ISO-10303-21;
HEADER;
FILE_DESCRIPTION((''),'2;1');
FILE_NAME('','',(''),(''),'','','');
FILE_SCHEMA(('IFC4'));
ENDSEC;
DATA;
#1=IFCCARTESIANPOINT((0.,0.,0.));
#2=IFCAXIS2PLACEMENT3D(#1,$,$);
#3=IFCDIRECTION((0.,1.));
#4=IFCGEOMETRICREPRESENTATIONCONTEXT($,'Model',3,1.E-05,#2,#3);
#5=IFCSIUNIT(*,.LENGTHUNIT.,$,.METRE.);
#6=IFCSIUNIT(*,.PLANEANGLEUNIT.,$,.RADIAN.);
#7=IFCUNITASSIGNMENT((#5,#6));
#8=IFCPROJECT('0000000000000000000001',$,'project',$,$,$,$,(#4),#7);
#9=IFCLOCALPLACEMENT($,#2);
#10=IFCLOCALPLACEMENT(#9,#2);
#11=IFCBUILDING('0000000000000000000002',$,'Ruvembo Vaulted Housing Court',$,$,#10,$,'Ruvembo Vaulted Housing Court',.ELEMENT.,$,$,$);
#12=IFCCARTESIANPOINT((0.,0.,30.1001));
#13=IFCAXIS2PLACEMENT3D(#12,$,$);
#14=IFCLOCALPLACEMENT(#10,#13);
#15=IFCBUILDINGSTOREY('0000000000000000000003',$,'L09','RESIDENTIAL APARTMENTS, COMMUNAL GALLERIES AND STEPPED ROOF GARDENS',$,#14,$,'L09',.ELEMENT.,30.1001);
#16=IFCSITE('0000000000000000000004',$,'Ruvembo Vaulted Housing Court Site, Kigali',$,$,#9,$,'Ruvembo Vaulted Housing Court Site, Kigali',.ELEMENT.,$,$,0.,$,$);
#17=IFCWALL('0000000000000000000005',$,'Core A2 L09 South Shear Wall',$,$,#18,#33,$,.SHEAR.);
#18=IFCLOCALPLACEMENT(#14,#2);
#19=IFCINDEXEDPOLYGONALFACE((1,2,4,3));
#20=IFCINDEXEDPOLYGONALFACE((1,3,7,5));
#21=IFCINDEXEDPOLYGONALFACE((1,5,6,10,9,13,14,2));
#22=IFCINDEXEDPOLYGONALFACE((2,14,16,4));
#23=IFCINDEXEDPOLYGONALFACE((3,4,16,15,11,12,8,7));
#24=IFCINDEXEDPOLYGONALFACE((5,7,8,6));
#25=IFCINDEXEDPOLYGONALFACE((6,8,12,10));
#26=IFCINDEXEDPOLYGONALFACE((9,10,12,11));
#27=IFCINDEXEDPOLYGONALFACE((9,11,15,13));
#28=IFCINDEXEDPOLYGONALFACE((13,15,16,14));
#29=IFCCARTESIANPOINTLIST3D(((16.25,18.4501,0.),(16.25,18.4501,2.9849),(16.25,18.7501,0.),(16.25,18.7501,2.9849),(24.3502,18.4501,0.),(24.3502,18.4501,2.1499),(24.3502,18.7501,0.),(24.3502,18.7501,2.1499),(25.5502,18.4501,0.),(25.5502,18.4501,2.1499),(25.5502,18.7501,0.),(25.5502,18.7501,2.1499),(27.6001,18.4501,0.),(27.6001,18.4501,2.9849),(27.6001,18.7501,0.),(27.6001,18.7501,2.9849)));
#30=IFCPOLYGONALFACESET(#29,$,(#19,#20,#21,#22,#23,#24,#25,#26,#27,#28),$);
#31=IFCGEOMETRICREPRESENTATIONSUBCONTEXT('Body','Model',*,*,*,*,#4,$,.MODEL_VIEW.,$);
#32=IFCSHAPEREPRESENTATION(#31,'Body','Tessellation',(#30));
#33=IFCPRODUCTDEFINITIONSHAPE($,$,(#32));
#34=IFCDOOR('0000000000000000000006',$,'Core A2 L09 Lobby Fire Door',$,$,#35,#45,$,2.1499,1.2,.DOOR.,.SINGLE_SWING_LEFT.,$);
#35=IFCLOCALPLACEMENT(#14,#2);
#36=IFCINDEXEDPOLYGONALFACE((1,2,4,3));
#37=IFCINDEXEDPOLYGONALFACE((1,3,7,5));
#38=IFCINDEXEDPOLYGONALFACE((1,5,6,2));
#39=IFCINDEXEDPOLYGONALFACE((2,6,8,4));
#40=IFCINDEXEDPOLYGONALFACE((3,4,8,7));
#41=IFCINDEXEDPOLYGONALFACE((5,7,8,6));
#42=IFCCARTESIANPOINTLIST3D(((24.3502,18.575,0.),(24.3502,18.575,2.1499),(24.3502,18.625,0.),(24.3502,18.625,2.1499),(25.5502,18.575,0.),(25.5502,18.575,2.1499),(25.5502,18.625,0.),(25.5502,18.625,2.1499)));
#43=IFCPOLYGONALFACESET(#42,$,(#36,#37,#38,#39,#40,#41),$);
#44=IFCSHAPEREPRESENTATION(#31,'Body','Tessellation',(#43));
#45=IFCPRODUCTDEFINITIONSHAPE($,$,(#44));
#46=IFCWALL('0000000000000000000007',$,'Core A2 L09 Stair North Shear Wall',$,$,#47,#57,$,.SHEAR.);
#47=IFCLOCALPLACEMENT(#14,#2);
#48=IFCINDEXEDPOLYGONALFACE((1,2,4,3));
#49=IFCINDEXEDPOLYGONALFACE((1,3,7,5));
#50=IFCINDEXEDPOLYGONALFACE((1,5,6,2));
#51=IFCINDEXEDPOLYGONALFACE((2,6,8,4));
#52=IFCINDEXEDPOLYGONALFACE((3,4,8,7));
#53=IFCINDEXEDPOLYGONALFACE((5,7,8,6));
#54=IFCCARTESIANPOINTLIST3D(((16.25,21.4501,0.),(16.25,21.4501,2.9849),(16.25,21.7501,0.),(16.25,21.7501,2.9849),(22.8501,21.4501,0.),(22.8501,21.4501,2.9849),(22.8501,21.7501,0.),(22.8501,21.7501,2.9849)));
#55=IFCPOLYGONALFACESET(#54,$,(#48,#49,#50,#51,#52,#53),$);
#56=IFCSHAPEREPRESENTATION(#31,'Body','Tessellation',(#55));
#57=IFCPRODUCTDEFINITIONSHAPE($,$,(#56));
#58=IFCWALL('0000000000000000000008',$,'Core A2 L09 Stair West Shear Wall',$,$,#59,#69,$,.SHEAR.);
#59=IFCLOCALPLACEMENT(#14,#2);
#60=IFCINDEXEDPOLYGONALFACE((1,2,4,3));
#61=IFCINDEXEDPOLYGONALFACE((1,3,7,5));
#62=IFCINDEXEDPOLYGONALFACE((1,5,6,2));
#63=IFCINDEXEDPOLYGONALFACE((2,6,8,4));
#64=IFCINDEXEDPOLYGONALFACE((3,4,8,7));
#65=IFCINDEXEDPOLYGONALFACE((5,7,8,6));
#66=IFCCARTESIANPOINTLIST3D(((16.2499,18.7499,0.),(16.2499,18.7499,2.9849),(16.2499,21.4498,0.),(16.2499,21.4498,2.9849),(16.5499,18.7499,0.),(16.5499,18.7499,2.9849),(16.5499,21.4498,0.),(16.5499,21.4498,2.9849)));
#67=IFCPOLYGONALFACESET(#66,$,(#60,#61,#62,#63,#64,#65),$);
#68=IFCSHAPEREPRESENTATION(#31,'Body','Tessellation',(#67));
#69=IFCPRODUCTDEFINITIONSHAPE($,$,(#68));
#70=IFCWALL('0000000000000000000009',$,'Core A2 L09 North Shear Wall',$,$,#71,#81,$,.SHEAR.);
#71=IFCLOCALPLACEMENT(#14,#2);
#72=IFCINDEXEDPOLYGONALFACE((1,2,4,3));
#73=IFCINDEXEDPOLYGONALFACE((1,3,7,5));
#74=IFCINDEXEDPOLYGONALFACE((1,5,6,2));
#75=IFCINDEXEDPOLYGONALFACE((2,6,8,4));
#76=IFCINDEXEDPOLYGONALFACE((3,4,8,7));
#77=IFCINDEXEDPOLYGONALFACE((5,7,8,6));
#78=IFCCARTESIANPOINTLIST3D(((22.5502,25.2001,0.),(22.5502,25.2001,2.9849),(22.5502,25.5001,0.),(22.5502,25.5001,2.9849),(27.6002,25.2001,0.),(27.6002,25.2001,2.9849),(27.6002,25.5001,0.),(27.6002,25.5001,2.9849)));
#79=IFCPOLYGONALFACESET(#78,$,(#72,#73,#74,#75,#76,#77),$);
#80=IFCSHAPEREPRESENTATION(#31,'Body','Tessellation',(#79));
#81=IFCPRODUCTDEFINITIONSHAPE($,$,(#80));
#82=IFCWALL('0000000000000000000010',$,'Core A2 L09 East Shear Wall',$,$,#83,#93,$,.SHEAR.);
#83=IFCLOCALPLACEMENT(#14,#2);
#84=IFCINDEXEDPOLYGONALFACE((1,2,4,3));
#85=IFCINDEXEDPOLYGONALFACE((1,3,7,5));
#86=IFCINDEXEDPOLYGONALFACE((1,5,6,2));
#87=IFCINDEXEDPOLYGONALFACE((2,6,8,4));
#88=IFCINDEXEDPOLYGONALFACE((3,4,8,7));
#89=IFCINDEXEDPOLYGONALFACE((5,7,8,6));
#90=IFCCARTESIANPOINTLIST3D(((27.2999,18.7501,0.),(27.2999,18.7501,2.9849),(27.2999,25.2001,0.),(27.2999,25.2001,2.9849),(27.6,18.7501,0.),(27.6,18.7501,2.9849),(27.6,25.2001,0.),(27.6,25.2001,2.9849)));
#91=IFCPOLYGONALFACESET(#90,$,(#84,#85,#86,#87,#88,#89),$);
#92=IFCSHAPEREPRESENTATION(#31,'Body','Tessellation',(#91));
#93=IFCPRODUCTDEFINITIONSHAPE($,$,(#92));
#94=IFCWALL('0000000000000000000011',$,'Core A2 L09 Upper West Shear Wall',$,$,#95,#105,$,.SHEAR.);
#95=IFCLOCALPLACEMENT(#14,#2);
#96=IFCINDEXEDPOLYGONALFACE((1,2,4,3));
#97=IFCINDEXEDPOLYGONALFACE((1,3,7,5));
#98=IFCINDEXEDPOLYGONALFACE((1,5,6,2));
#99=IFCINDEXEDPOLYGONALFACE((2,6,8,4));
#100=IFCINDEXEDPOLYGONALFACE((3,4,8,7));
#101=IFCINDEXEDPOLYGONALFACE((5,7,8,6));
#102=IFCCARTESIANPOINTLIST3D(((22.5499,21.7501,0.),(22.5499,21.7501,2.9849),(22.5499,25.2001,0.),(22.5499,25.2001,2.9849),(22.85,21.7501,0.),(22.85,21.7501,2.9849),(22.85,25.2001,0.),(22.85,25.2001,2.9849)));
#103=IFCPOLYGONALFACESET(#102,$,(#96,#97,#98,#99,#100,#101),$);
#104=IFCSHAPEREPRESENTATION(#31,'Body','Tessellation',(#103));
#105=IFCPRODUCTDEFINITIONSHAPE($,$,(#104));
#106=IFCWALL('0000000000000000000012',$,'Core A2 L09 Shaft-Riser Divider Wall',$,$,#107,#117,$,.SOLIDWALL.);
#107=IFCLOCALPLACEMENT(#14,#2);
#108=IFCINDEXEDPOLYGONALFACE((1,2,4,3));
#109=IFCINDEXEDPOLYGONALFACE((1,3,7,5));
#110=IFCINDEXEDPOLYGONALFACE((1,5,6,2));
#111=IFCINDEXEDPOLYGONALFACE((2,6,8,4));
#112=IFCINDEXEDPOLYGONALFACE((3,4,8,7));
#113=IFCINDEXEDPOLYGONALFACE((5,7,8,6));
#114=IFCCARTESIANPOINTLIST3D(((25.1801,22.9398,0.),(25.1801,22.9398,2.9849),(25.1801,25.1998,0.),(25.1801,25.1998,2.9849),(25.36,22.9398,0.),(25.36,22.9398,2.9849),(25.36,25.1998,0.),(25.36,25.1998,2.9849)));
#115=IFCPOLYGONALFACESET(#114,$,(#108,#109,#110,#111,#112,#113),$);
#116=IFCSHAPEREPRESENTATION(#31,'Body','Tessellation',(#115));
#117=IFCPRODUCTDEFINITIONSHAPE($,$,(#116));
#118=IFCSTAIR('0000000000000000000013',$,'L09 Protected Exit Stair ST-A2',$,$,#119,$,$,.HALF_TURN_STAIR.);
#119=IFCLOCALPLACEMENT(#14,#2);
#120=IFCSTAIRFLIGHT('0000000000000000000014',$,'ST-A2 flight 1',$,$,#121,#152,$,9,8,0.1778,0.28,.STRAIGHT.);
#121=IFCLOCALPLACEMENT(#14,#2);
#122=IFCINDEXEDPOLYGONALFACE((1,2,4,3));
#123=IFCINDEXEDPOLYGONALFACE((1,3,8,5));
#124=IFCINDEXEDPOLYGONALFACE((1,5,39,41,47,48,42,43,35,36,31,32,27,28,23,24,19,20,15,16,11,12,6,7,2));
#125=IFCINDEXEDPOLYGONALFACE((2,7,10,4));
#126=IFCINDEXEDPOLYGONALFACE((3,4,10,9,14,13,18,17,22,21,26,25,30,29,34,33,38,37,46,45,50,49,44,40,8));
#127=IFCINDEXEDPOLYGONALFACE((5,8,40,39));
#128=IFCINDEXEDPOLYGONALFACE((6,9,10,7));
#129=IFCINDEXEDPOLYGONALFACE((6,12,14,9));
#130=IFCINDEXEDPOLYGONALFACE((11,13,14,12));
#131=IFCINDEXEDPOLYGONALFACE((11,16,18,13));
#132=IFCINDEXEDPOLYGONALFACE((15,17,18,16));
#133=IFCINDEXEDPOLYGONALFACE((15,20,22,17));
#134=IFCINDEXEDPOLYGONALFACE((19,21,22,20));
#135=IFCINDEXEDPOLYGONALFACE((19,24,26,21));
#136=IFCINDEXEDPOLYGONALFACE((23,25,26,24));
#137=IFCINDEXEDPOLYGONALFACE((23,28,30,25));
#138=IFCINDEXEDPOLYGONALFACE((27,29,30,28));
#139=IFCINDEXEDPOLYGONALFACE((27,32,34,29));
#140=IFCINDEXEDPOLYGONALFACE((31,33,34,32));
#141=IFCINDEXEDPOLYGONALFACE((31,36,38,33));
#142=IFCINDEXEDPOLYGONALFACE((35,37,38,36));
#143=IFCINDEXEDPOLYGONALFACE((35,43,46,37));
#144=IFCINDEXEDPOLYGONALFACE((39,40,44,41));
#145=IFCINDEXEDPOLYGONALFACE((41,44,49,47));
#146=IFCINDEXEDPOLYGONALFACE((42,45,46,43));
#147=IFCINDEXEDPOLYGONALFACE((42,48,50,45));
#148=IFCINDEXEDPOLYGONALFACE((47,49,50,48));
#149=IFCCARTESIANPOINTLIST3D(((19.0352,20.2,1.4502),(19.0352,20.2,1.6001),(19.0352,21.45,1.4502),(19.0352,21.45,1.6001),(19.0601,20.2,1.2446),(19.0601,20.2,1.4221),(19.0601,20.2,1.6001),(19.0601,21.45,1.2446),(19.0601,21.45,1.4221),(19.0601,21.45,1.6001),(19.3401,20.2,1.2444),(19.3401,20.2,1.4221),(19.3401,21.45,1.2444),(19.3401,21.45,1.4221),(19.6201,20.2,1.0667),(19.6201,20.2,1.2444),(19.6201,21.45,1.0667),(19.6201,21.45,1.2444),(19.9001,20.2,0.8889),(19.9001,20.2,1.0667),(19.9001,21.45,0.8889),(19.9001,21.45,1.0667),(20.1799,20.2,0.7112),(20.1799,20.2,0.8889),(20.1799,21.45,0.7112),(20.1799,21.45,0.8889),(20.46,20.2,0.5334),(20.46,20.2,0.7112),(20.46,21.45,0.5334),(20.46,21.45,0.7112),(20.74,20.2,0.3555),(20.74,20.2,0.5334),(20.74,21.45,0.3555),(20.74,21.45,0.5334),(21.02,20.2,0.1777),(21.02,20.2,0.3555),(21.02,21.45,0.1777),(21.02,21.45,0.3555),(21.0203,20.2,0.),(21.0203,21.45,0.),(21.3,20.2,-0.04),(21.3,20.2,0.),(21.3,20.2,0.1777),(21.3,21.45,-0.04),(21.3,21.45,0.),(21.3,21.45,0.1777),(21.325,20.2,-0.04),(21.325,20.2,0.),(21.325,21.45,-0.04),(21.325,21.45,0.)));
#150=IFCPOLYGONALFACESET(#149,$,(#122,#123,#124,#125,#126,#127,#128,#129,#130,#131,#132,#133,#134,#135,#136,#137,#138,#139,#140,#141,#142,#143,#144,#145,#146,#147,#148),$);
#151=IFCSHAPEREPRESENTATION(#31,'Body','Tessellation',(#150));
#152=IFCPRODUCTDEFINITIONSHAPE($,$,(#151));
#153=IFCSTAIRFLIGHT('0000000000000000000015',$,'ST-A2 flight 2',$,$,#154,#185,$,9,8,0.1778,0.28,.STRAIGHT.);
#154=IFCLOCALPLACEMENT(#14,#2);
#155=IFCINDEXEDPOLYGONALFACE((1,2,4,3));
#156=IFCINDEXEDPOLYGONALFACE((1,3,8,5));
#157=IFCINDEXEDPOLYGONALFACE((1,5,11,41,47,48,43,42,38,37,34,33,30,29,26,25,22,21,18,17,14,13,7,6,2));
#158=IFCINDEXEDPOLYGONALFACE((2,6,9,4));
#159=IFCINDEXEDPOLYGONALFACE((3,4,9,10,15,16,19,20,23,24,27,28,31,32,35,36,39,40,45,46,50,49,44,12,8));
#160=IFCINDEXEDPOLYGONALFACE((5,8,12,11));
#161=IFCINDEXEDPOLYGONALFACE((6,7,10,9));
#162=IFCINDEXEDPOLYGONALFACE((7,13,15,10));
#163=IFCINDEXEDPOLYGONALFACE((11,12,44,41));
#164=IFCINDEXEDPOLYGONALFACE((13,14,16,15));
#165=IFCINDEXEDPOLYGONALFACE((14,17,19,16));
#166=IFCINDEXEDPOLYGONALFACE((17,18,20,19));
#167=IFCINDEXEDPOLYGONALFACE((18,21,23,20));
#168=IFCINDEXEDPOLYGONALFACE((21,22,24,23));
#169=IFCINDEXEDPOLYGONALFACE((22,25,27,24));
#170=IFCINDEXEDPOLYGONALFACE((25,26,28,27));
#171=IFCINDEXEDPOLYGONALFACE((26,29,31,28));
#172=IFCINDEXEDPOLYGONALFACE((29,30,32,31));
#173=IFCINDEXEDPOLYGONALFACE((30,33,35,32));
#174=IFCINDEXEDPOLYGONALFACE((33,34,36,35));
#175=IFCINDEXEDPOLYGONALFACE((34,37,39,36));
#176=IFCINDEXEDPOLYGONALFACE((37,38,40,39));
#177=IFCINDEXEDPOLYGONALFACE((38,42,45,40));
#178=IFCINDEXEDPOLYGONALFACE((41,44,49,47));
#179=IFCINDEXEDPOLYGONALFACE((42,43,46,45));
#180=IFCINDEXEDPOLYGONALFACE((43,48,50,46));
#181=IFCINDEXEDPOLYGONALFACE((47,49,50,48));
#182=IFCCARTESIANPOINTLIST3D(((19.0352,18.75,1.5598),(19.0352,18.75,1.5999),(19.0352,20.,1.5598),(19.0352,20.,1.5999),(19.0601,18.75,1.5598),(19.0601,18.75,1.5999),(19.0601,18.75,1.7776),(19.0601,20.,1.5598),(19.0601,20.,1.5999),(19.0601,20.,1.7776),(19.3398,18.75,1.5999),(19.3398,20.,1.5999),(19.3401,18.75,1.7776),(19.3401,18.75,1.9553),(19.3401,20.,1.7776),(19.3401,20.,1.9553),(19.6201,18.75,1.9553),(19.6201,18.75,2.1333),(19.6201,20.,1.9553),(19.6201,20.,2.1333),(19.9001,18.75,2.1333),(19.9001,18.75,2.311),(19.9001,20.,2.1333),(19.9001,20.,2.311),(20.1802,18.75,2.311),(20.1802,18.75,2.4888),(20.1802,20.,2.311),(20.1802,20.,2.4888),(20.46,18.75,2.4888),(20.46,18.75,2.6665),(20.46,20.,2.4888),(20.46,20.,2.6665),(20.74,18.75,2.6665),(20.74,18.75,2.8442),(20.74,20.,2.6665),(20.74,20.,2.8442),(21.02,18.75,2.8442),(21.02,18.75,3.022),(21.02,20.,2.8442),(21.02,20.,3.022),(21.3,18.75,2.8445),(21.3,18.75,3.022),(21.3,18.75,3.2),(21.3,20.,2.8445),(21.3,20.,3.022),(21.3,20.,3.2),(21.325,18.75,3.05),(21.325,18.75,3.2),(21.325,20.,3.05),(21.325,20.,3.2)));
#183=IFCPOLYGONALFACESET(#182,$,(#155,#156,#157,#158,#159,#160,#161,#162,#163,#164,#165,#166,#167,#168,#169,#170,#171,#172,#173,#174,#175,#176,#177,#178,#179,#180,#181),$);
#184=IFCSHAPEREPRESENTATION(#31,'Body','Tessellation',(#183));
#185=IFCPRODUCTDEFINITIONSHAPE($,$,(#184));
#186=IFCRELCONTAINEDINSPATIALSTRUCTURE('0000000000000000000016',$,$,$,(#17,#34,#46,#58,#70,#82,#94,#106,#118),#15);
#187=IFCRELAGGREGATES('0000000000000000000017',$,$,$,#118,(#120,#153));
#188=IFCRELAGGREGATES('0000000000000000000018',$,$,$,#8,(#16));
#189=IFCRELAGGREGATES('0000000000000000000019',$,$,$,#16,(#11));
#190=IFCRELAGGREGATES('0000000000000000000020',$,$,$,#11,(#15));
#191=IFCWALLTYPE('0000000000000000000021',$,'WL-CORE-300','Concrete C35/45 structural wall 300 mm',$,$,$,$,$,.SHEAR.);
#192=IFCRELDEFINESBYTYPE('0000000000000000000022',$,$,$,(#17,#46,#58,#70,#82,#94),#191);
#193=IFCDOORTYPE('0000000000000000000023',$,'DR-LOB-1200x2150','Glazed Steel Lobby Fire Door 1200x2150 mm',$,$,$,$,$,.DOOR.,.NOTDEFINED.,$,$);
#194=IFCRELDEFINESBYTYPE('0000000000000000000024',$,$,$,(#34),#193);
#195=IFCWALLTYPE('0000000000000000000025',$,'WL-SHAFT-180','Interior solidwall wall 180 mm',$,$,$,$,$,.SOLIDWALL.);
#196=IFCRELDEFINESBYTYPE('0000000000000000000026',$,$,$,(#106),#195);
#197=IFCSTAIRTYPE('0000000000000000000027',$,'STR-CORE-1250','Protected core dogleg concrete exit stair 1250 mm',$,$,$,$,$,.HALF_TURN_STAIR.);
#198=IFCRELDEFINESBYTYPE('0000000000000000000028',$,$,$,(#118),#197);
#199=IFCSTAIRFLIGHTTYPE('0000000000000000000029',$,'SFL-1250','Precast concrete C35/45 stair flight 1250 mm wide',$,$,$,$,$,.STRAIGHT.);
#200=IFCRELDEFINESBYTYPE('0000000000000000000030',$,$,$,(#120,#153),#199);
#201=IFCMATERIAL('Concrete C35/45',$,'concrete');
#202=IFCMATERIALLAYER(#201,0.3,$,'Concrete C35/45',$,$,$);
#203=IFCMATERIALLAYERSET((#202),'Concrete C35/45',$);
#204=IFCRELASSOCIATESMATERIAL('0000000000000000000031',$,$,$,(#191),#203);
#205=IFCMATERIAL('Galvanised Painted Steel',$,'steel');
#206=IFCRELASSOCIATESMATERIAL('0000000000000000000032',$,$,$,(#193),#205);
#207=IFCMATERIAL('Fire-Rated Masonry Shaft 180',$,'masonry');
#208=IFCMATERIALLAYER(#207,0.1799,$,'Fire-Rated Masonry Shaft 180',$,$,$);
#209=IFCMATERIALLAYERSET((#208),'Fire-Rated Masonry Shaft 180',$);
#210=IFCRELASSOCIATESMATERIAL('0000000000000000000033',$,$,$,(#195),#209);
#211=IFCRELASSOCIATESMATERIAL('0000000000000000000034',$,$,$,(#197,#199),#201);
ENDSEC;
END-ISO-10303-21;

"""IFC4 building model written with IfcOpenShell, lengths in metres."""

from ifc_helpers import new_model, si_unit, direction, frame, frame_2d, origin, place, context, subcontext, project, spatial, polyline, rectangle, outline, extrude, material, layer, layer_set, type_object, element, fill, aggregate, save


model = new_model("IFC4")

# Units and contexts
model_context = context("Model", 3, precision=1e-05, world=origin(), true_north=direction((0.0, 1.0)))
body_context = subcontext(model_context, "Body", "Model", "MODEL_VIEW")
ifc_project = project(units=[si_unit("LENGTHUNIT", "METRE"), si_unit("PLANEANGLEUNIT", "RADIAN")], contexts=[model_context])

# Site, building, storey
site_placement = place(None, origin())
site = spatial("IfcSite", under=ifc_project, at=site_placement, Name="Ruvembo Vaulted Housing Court Site, Kigali", LongName="Ruvembo Vaulted Housing Court Site, Kigali", CompositionType="ELEMENT", RefElevation=0.0)
building_placement = place(site_placement, origin())
building = spatial("IfcBuilding", under=site, at=building_placement, Name="Ruvembo Vaulted Housing Court", LongName="Ruvembo Vaulted Housing Court", CompositionType="ELEMENT")
storey_placement = place(building_placement, frame((0.0, 0.0, 30.1001)))
storey = spatial("IfcBuildingStorey", under=building, at=storey_placement, Name="L09", Description="RESIDENTIAL APARTMENTS, COMMUNAL GALLERIES AND STEPPED ROOF GARDENS", LongName="L09", CompositionType="ELEMENT", Elevation=30.1001)

# Shared definitions
ifc_material_1 = material(Name="Concrete C35/45", Category="concrete")

# Wall, opening, door
ifc_layer_1 = layer(ifc_material_1, 0.3, Name="Concrete C35/45")
ifc_layer_set_1 = layer_set([ifc_layer_1], Name="Concrete C35/45")
wall_type_1 = type_object("IfcWallType", Name="WL-CORE-300", Description="Concrete C35/45 structural wall 300 mm", PredefinedType="SHEAR", material=ifc_layer_set_1)
wall_1_placement = place(storey_placement, frame((16.25, 18.6001, 0.0), z_axis=(0.0, 0.0, 1.0), x_axis=(1.0, 0.0, 0.0)))
wall_1 = element("IfcWall", 1, at=wall_1_placement, inside=storey, type_object=wall_type_1, Name="Core A2 L09 South Shear Wall", PredefinedType="SHEAR", context=body_context, shape_type="SweptSolid", body=[
    extrude(rectangle(XDim=11.3501, YDim=0.3, at=frame_2d((5.675, 0.0))), origin(), (0.0, 0.0, 1.0), 2.9849),
])
opening_1_placement = place(wall_1_placement, frame((8.1001, 0.0, 0.0)))
opening_1 = element("IfcOpeningElement", 2, at=opening_1_placement, cuts=wall_1, PredefinedType="OPENING", context=body_context, shape_type="SweptSolid", body=[
    extrude(rectangle(XDim=1.2, YDim=2.1499, at=frame_2d((0.6001, 1.075))), frame((0.0, 0.1599, 0.0), z_axis=(0.0, -1.0, 0.0), x_axis=(1.0, 0.0, 0.0)), (0.0, 0.0, 1.0), 0.3201),
])
ifc_material_2 = material(Name="Galvanised Painted Steel", Category="steel")
door_type_1 = type_object("IfcDoorType", Name="DR-LOB-1200x2150", Description="Glazed Steel Lobby Fire Door 1200x2150 mm", OperationType="NOTDEFINED", PredefinedType="DOOR", material=ifc_material_2)
door_1_placement = place(opening_1_placement, origin())
door_1 = element("IfcDoor", 3, at=door_1_placement, inside=storey, type_object=door_type_1, Name="Core A2 L09 Lobby Fire Door", OperationType="SINGLE_SWING_LEFT", OverallHeight=2.1499, OverallWidth=1.2, PredefinedType="DOOR", context=body_context, shape_type="SweptSolid", body=[
    extrude(rectangle(XDim=1.2, YDim=2.1499, at=frame_2d((0.6001, 1.075))), frame((0.0, 0.0249, 0.0), z_axis=(0.0, -1.0, 0.0), x_axis=(1.0, 0.0, 0.0)), (0.0, 0.0, 1.0), 0.05),
])
fill(opening_1, door_1)

# Walls
wall_2_placement = place(storey_placement, frame((22.8501, 21.6001, 0.0), z_axis=(0.0, 0.0, 1.0), x_axis=(-1.0, 0.0, 0.0)))
element("IfcWall", 4, at=wall_2_placement, inside=storey, type_object=wall_type_1, Name="Core A2 L09 Stair North Shear Wall", PredefinedType="SHEAR", context=body_context, shape_type="SweptSolid", body=[
    extrude(rectangle(XDim=6.6001, YDim=0.3, at=frame_2d((3.3, 0.0))), origin(), (0.0, 0.0, 1.0), 2.9849),
])
wall_3_placement = place(storey_placement, frame((16.3999, 21.45, 0.0), z_axis=(0.0, 0.0, 1.0), x_axis=(0.0, -1.0, 0.0)))
element("IfcWall", 5, at=wall_3_placement, inside=storey, type_object=wall_type_1, Name="Core A2 L09 Stair West Shear Wall", PredefinedType="SHEAR", context=body_context, shape_type="SweptSolid", body=[
    extrude(rectangle(XDim=2.7, YDim=0.3, at=frame_2d((1.3501, 0.0))), origin(), (0.0, 0.0, 1.0), 2.9849),
])

# Walls
wall_4_placement = place(storey_placement, frame((27.6001, 25.3501, 0.0), z_axis=(0.0, 0.0, 1.0), x_axis=(-1.0, 0.0, 0.0)))
element("IfcWall", 6, at=wall_4_placement, inside=storey, type_object=wall_type_1, Name="Core A2 L09 North Shear Wall", PredefinedType="SHEAR", context=body_context, shape_type="SweptSolid", body=[
    extrude(rectangle(XDim=5.05, YDim=0.3, at=frame_2d((2.5249, 0.0))), origin(), (0.0, 0.0, 1.0), 2.9849),
])
wall_5_placement = place(storey_placement, frame((27.45, 18.75, 0.0), z_axis=(0.0, 0.0, 1.0), x_axis=(0.0, 1.0, 0.0)))
element("IfcWall", 7, at=wall_5_placement, inside=storey, type_object=wall_type_1, Name="Core A2 L09 East Shear Wall", PredefinedType="SHEAR", context=body_context, shape_type="SweptSolid", body=[
    extrude(rectangle(XDim=6.45, YDim=0.3, at=frame_2d((3.2251, 0.0))), origin(), (0.0, 0.0, 1.0), 2.9849),
])
wall_6_placement = place(storey_placement, frame((22.7, 21.75, 0.0), z_axis=(0.0, 0.0, 1.0), x_axis=(0.0, 1.0, 0.0)))
element("IfcWall", 8, at=wall_6_placement, inside=storey, type_object=wall_type_1, Name="Core A2 L09 Upper West Shear Wall", PredefinedType="SHEAR", context=body_context, shape_type="SweptSolid", body=[
    extrude(rectangle(XDim=3.45, YDim=0.3, at=frame_2d((1.7251, 0.0))), origin(), (0.0, 0.0, 1.0), 2.9849),
])

# Shared definitions
ifc_material_3 = material(Name="Fire-Rated Masonry Shaft 180", Category="masonry")
ifc_layer_2 = layer(ifc_material_3, 0.1799, Name="Fire-Rated Masonry Shaft 180")
ifc_layer_set_2 = layer_set([ifc_layer_2], Name="Fire-Rated Masonry Shaft 180")
wall_type_2 = type_object("IfcWallType", Name="WL-SHAFT-180", Description="Interior solidwall wall 180 mm", PredefinedType="SOLIDWALL", material=ifc_layer_set_2)

# Wall
wall_7_placement = place(storey_placement, frame((25.27, 22.9399, 0.0), z_axis=(0.0, 0.0, 1.0), x_axis=(0.0, 1.0, 0.0)))
element("IfcWall", 9, at=wall_7_placement, inside=storey, type_object=wall_type_2, Name="Core A2 L09 Shaft-Riser Divider Wall", PredefinedType="SOLIDWALL", context=body_context, shape_type="SweptSolid", body=[
    extrude(rectangle(XDim=2.26, YDim=0.1799, at=frame_2d((1.1299, 0.0))), origin(), (0.0, 0.0, 1.0), 2.9849),
])

# Stair, stair flights
stair_type = type_object("IfcStairType", Name="STR-CORE-1250", Description="Protected core dogleg concrete exit stair 1250 mm", PredefinedType="HALF_TURN_STAIR", material=ifc_material_1)
stair_placement = place(storey_placement, origin())
stair = element("IfcStair", 10, at=stair_placement, inside=storey, type_object=stair_type, Name="L09 Protected Exit Stair ST-A2", PredefinedType="HALF_TURN_STAIR")
stair_flight_type = type_object("IfcStairFlightType", Name="SFL-1250", Description="Precast concrete C35/45 stair flight 1250 mm wide", PredefinedType="STRAIGHT", material=ifc_material_1)
stair_flight_1_placement = place(storey_placement, frame((21.3, 20.825, 0.0), z_axis=(0.0, 0.0, 1.0), x_axis=(-1.0, 0.0, 0.0)))
stair_flight_1 = element("IfcStairFlight", 11, at=stair_flight_1_placement, type_object=stair_flight_type, Name="ST-A2 flight 1", NumberOfRisers=9, NumberOfTreads=8, PredefinedType="STRAIGHT", RiserHeight=0.1778, TreadLength=0.28, context=body_context, shape_type="SweptSolid", body=[
    extrude(outline(polyline([(-0.0249, -0.04), (-0.0249, 0.0), (0.0, 0.0), (0.0, 0.1777), (0.28, 0.1777), (0.28, 0.3555), (0.5601, 0.3555), (0.5601, 0.5334), (0.8401, 0.5334), (0.8401, 0.7112), (1.1201, 0.7112), (1.1201, 0.8889), (1.3999, 0.8889), (1.3999, 1.0667), (1.6799, 1.0667), (1.6799, 1.2444), (1.96, 1.2444), (1.96, 1.4221), (2.24, 1.4221), (2.24, 1.6001), (2.2649, 1.6001), (2.2649, 1.4502), (2.24, 1.2446), (0.2798, 0.0), (0.0, -0.04), (-0.0249, -0.04)])), frame((0.0, 0.625, 0.0), z_axis=(0.0, -1.0, 0.0), x_axis=(1.0, 0.0, 0.0)), (0.0, 0.0, 1.0), 1.25),
])
stair_flight_2_placement = place(storey_placement, frame((19.0601, 19.375, 1.5999), z_axis=(0.0, 0.0, 1.0), x_axis=(1.0, 0.0, 0.0)))
stair_flight_2 = element("IfcStairFlight", 12, at=stair_flight_2_placement, type_object=stair_flight_type, Name="ST-A2 flight 2", NumberOfRisers=9, NumberOfTreads=8, PredefinedType="STRAIGHT", RiserHeight=0.1778, TreadLength=0.28, context=body_context, shape_type="SweptSolid", body=[
    extrude(outline(polyline([(-0.0249, -0.04), (-0.0249, 0.0), (0.0, 0.0), (0.0, 0.1777), (0.28, 0.1777), (0.28, 0.3555), (0.5601, 0.3555), (0.5601, 0.5334), (0.8401, 0.5334), (0.8401, 0.7112), (1.1201, 0.7112), (1.1201, 0.8889), (1.3999, 0.8889), (1.3999, 1.0667), (1.6799, 1.0667), (1.6799, 1.2444), (1.96, 1.2444), (1.96, 1.4221), (2.24, 1.4221), (2.24, 1.6001), (2.2649, 1.6001), (2.2649, 1.4502), (2.24, 1.2446), (0.2798, 0.0), (0.0, -0.04), (-0.0249, -0.04)])), frame((0.0, 0.625, 0.0), z_axis=(0.0, -1.0, 0.0), x_axis=(1.0, 0.0, 0.0)), (0.0, 0.0, 1.0), 1.25),
])
aggregate(stair, [stair_flight_1, stair_flight_2])

save(model, "model.ifc")
